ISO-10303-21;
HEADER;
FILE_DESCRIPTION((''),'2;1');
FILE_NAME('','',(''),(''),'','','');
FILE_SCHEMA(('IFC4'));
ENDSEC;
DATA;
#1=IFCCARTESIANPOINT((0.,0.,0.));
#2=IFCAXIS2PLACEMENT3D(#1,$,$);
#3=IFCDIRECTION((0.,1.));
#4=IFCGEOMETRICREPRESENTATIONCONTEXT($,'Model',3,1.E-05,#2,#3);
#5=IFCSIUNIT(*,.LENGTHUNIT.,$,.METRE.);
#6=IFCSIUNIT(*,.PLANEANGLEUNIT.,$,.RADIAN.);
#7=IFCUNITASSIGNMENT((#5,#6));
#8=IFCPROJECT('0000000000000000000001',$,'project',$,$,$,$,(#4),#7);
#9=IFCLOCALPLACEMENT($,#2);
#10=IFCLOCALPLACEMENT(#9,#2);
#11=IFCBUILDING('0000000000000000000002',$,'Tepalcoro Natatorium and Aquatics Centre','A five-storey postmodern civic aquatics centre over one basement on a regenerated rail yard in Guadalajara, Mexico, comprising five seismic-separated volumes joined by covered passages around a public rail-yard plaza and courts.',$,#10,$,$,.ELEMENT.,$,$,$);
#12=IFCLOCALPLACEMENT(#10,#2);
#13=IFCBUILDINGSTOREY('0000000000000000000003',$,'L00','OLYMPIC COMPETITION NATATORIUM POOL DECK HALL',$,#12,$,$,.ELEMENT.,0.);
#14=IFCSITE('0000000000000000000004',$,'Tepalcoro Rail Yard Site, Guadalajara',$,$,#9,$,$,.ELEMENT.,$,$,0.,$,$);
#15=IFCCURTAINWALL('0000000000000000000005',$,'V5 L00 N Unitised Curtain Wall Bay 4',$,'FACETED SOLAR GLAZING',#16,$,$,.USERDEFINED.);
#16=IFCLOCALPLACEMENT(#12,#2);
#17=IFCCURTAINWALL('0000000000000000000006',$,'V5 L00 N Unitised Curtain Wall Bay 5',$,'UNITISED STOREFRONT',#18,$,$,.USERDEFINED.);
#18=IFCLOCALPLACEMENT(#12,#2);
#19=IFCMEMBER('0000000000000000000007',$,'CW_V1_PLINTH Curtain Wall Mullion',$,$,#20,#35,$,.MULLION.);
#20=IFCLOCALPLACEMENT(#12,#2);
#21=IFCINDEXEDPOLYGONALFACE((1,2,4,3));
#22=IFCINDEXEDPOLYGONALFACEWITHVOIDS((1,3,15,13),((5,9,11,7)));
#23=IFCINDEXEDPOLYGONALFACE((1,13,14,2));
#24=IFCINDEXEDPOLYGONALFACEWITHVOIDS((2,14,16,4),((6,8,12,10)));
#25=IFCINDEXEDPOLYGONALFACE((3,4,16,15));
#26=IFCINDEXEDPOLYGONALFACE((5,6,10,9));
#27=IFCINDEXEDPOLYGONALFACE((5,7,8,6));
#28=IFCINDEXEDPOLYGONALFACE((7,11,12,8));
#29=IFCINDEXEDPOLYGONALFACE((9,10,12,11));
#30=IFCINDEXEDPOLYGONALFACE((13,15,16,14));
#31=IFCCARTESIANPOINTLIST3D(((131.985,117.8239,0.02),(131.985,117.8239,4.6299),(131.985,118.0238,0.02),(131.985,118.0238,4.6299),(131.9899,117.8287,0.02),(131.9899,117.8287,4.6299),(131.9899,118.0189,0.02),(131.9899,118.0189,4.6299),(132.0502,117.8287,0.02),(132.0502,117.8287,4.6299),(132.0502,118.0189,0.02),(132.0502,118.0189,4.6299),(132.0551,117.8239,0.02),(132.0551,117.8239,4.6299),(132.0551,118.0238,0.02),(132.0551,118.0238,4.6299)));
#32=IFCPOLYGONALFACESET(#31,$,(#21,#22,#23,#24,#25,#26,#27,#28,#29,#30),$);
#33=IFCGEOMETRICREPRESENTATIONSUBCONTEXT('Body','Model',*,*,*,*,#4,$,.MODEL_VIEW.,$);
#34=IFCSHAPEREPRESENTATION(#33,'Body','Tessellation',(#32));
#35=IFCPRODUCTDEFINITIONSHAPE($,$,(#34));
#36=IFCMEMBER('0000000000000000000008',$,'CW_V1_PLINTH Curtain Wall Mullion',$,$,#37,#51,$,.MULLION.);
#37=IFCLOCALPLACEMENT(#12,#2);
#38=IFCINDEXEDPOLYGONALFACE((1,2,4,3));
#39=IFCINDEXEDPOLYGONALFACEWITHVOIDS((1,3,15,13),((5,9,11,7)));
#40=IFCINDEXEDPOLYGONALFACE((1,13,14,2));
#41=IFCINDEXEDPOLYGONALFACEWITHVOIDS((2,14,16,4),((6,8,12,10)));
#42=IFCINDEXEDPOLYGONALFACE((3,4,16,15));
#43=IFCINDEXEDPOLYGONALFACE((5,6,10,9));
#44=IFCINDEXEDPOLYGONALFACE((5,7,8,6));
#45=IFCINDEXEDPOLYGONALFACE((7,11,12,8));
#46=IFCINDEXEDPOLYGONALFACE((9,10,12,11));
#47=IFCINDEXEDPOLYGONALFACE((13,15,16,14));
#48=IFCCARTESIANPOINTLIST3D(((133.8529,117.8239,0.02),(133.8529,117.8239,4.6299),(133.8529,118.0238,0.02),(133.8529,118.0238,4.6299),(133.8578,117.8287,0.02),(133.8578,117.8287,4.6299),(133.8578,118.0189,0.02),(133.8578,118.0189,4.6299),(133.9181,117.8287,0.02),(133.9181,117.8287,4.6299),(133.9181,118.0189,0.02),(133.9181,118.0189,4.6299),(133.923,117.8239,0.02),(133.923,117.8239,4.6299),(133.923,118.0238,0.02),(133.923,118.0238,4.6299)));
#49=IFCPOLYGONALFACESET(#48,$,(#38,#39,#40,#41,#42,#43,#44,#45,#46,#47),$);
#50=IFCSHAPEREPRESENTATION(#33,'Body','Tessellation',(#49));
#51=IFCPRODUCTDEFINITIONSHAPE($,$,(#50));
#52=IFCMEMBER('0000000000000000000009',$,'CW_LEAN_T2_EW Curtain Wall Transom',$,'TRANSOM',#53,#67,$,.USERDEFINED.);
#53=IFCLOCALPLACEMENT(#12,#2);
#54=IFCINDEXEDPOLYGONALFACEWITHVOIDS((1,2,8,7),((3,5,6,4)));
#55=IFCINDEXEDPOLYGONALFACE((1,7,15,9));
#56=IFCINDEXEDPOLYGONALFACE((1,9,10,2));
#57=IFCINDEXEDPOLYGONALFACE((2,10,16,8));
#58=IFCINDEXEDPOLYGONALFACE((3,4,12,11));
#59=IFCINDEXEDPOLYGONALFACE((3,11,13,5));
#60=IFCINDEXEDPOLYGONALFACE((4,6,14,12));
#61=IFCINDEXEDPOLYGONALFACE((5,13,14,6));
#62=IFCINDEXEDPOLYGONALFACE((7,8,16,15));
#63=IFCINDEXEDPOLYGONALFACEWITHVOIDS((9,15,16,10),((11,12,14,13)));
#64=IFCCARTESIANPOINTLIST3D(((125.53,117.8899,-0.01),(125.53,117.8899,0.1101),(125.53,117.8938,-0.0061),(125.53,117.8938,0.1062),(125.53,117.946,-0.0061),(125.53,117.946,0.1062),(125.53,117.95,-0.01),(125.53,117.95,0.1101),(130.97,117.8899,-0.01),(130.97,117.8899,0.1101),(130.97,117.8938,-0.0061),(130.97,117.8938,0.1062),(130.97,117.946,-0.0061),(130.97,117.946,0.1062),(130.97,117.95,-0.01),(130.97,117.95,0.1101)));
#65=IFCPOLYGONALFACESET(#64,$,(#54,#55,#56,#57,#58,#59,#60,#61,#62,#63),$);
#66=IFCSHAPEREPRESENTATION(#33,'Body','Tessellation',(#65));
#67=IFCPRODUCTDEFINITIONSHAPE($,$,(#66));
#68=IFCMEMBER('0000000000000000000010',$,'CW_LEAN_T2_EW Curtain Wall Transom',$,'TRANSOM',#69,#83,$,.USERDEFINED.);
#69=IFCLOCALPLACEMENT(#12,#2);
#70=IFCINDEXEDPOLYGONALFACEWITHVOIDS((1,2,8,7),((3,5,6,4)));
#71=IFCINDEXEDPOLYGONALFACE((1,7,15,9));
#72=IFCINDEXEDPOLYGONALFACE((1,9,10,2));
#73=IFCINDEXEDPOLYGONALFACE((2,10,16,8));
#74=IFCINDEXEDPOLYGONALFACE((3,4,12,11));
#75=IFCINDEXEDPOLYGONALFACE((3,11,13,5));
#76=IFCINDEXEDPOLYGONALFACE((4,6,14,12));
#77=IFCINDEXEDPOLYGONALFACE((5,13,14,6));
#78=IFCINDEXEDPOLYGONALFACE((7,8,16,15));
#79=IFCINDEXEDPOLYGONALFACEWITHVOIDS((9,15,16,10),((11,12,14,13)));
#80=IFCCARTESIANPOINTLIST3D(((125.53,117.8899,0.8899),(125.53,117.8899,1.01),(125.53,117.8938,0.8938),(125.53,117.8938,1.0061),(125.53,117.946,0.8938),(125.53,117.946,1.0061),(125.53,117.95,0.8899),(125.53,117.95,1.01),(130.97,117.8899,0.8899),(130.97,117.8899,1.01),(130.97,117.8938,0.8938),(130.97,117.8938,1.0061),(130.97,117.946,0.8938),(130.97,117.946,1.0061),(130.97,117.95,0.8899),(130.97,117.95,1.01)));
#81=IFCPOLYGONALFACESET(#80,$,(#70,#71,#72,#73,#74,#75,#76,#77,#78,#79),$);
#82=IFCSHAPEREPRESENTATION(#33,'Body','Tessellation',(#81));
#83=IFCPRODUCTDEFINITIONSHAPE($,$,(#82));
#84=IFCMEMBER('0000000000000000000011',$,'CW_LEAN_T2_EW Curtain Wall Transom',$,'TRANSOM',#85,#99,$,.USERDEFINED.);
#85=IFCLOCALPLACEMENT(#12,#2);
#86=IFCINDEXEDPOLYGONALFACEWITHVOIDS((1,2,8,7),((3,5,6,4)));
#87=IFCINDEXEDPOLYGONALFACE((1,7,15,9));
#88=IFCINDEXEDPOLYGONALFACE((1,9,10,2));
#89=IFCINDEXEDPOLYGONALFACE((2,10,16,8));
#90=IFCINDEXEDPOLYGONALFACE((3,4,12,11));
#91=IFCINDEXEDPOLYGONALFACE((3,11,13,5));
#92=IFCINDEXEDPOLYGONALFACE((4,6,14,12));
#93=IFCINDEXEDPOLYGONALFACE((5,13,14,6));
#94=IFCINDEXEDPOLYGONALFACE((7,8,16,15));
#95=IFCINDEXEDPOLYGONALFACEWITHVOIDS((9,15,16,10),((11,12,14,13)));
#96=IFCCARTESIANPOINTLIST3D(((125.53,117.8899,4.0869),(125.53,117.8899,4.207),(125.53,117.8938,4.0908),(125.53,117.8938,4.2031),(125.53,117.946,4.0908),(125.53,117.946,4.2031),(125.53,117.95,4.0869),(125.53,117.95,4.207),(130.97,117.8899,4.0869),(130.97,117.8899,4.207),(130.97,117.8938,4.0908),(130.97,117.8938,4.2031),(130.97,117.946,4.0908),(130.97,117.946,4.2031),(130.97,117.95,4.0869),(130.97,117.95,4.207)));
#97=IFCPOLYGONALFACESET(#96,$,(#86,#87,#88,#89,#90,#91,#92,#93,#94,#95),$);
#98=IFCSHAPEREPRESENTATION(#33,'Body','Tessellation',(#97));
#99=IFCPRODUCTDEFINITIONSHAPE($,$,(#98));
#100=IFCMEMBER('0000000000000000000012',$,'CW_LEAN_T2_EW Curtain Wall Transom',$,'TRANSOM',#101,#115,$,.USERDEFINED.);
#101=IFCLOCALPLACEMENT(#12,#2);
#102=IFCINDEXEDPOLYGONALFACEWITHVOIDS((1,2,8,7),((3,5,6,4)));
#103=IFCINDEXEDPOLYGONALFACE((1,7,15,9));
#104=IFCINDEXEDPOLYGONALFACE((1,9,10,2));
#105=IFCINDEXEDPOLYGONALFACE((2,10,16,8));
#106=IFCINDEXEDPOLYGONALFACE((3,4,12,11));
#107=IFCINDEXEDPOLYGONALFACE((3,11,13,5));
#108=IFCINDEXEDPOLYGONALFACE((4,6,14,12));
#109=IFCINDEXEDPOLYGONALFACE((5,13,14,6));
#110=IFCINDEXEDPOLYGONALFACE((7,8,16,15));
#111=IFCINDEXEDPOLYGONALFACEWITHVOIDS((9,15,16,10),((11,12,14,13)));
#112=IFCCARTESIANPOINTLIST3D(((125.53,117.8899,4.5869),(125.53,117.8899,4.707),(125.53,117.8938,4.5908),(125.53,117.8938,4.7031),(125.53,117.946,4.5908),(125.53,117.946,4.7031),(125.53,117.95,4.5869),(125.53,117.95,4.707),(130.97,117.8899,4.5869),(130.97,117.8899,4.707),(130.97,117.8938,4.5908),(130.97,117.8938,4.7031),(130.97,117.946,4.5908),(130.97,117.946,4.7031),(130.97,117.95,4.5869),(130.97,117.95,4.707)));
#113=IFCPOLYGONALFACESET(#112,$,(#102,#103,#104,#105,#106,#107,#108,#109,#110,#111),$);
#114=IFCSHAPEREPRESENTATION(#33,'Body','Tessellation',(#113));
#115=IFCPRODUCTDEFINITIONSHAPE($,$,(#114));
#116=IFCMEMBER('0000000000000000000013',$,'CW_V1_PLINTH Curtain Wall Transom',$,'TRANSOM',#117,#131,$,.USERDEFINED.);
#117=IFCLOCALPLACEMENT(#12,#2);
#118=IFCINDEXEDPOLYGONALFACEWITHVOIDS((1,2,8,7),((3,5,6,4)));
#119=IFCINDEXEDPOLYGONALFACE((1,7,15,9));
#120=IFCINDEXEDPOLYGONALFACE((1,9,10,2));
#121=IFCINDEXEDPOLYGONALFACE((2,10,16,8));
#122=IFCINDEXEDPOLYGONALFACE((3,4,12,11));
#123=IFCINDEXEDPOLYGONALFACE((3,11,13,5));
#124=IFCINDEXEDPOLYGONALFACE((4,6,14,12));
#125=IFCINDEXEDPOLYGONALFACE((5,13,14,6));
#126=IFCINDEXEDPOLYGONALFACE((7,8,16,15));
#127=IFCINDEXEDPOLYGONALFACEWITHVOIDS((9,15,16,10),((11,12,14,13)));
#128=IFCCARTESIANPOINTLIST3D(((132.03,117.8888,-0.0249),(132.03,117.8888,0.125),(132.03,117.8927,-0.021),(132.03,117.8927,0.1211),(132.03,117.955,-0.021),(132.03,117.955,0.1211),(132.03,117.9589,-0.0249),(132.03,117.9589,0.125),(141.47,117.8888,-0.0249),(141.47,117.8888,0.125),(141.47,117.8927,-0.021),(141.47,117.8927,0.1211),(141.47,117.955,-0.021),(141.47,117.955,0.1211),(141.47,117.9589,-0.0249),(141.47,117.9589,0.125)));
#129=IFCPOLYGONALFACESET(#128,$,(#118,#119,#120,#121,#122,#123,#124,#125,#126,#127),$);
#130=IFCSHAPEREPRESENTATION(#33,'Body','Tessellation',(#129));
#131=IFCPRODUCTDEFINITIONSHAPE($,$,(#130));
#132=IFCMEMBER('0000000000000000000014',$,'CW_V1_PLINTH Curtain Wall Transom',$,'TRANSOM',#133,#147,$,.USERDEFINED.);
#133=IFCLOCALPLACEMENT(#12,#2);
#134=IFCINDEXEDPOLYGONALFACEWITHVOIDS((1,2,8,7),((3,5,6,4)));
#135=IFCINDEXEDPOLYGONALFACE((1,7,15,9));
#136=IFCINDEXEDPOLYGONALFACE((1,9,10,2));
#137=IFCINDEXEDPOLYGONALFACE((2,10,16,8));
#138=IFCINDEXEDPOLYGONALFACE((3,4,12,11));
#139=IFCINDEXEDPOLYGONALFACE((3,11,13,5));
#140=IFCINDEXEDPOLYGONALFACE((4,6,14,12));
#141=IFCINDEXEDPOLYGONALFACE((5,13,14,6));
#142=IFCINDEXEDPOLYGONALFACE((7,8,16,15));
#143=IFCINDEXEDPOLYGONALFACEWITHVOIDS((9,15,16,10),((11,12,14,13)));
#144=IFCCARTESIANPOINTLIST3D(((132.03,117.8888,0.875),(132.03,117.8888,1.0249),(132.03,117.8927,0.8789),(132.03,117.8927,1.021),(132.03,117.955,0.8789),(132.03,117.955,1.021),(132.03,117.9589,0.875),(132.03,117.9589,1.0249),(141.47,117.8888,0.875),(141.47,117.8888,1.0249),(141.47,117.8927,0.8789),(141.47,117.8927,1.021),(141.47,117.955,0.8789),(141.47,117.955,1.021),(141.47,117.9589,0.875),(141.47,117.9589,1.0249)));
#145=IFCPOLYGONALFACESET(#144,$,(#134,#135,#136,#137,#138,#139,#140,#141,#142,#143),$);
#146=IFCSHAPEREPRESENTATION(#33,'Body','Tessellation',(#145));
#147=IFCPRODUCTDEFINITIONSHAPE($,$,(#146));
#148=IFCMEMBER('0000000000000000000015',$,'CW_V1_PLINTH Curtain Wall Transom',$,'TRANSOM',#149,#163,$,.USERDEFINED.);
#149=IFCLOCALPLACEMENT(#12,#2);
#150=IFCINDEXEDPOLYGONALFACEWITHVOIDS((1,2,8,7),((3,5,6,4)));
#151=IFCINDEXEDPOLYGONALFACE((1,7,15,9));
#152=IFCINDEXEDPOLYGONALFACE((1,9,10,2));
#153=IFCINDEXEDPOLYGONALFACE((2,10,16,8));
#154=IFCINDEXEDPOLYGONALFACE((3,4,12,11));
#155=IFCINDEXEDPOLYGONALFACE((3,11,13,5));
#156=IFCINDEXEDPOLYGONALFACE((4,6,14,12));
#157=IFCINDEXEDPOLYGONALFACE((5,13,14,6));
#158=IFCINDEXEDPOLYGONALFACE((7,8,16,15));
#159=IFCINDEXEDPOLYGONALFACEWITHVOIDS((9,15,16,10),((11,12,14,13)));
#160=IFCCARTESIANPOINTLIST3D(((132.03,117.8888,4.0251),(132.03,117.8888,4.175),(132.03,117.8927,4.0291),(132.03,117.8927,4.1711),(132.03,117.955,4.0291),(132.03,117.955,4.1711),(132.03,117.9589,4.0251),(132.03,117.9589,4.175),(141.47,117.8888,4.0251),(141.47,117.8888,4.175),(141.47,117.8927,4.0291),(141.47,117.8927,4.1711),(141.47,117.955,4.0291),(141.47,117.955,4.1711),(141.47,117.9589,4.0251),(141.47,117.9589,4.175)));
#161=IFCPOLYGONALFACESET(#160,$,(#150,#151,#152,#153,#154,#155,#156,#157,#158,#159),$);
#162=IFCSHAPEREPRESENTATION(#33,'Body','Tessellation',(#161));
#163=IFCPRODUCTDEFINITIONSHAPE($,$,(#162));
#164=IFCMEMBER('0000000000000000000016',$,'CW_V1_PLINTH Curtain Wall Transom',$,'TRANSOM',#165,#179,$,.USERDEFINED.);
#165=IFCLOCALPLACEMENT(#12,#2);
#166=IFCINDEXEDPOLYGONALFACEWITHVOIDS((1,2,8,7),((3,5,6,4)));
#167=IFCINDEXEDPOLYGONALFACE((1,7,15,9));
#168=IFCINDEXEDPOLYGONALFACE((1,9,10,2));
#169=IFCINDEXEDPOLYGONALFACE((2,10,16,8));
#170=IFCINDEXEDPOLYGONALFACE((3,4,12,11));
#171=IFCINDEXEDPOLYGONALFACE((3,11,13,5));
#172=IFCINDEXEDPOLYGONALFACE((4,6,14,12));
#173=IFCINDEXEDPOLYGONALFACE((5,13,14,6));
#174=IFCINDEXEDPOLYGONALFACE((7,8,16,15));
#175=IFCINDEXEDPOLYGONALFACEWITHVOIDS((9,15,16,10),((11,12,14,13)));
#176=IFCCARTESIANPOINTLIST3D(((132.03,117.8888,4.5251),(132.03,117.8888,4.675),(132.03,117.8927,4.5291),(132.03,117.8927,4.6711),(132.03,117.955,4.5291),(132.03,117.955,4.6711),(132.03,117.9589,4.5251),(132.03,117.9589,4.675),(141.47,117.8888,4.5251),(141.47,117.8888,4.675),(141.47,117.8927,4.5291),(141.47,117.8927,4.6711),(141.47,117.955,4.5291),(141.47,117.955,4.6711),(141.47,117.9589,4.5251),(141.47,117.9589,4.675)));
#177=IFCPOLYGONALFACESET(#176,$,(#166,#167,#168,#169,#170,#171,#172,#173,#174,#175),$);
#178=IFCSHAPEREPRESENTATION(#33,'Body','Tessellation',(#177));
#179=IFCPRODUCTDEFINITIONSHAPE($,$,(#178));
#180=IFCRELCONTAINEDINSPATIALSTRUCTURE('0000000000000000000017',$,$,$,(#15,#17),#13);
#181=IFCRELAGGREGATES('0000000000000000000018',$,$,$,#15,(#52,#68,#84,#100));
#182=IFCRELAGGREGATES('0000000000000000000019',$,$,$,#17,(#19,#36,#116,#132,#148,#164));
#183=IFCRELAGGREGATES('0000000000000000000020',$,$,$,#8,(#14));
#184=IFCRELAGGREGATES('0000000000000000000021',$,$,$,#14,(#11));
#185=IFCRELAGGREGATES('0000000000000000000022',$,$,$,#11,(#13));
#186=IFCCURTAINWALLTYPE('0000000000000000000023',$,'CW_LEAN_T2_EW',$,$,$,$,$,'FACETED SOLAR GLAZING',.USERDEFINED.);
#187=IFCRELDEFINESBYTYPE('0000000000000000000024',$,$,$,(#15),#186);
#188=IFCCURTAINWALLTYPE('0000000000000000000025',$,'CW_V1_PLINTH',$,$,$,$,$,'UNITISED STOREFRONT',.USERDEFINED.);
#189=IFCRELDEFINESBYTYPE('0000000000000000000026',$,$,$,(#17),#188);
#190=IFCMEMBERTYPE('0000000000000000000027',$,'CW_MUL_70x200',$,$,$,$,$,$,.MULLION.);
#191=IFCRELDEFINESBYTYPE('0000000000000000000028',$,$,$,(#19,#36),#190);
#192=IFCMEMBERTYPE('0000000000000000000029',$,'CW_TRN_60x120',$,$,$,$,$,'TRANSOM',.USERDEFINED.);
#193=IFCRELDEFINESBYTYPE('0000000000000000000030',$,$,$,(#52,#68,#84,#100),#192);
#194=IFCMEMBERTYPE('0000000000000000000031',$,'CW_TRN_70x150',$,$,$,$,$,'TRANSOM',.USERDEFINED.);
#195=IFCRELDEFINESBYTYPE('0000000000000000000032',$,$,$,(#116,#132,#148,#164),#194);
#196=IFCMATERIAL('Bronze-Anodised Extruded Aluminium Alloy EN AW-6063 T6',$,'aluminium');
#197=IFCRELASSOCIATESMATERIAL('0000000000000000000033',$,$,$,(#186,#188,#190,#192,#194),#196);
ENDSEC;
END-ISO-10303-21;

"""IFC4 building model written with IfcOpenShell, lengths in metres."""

from ifc_helpers import new_model, si_unit, direction, frame, origin, origin_2d, place, context, subcontext, project, spatial, hollow_rectangle, extrude, material, material_profile, profile_set, type_object, element, aggregate, save


model = new_model("IFC4")

# Units and contexts
model_context = context("Model", 3, precision=1e-05, world=origin(), true_north=direction((0.0, 1.0)))
body_context = subcontext(model_context, "Body", "Model", "MODEL_VIEW")
ifc_project = project(units=[si_unit("LENGTHUNIT", "METRE"), si_unit("PLANEANGLEUNIT", "RADIAN")], contexts=[model_context])

# Site, building, storey
site_placement = place(None, origin())
site = spatial("IfcSite", under=ifc_project, at=site_placement, Name="Tepalcoro Rail Yard Site, Guadalajara", CompositionType="ELEMENT", RefElevation=0.0)
building_placement = place(site_placement, origin())
building = spatial("IfcBuilding", under=site, at=building_placement, Name="Tepalcoro Natatorium and Aquatics Centre", Description="A five-storey postmodern civic aquatics centre over one basement on a regenerated rail yard in Guadalajara, Mexico, comprising five seismic-separated volumes joined by covered passages around a public rail-yard plaza and courts.", CompositionType="ELEMENT")
storey_placement = place(building_placement, origin())
storey = spatial("IfcBuildingStorey", under=building, at=storey_placement, Name="L00", Description="OLYMPIC COMPETITION NATATORIUM POOL DECK HALL", CompositionType="ELEMENT", Elevation=0.0)

# Curtain walls, members
ifc_material_1 = material(Name="Bronze-Anodised Extruded Aluminium Alloy EN AW-6063 T6", Category="aluminium")
curtain_wall_type_1 = type_object("IfcCurtainWallType", Name="CW_LEAN_T2_EW", ElementType="FACETED SOLAR GLAZING", PredefinedType="USERDEFINED", material=ifc_material_1)
curtain_wall_1_placement = place(storey_placement, origin())
curtain_wall_1 = element("IfcCurtainWall", 1, at=curtain_wall_1_placement, inside=storey, type_object=curtain_wall_type_1, Name="V5 L00 N Unitised Curtain Wall Bay 4", ObjectType="FACETED SOLAR GLAZING", PredefinedType="USERDEFINED")
curtain_wall_type_2 = type_object("IfcCurtainWallType", Name="CW_V1_PLINTH", ElementType="UNITISED STOREFRONT", PredefinedType="USERDEFINED", material=ifc_material_1)
curtain_wall_2_placement = place(storey_placement, origin())
curtain_wall_2 = element("IfcCurtainWall", 2, at=curtain_wall_2_placement, inside=storey, type_object=curtain_wall_type_2, Name="V5 L00 N Unitised Curtain Wall Bay 5", ObjectType="UNITISED STOREFRONT", PredefinedType="USERDEFINED")
ifc_material_profile_1 = material_profile(ifc_material_1, hollow_rectangle(XDim=0.0701, YDim=0.2, WallThickness=0.0049, at=origin_2d()), Name="AL70X200X5")
ifc_profile_set_1 = profile_set([ifc_material_profile_1], Name="Bronze-Anodised Extruded Aluminium Alloy EN AW-6063 T6")
member_type_1 = type_object("IfcMemberType", Name="CW_MUL_70x200", PredefinedType="MULLION", material=ifc_profile_set_1)
member_1_placement = place(storey_placement, frame((132.02, 117.9238, 0.02), z_axis=(0.0, 0.0, 1.0), x_axis=(1.0, 0.0, 0.0)))
member_1 = element("IfcMember", 3, at=member_1_placement, type_object=member_type_1, Name="CW_V1_PLINTH Curtain Wall Mullion", PredefinedType="MULLION", context=body_context, shape_type="SweptSolid", body=[
    extrude(hollow_rectangle(XDim=0.0701, YDim=0.2, WallThickness=0.0049, at=origin_2d()), origin(), (0.0, 0.0, 1.0), 4.6099),
])
member_2_placement = place(storey_placement, frame((133.8879, 117.9238, 0.02), z_axis=(0.0, 0.0, 1.0), x_axis=(1.0, 0.0, 0.0)))
member_2 = element("IfcMember", 4, at=member_2_placement, type_object=member_type_1, Name="CW_V1_PLINTH Curtain Wall Mullion", PredefinedType="MULLION", context=body_context, shape_type="SweptSolid", body=[
    extrude(hollow_rectangle(XDim=0.0701, YDim=0.2, WallThickness=0.0049, at=origin_2d()), origin(), (0.0, 0.0, 1.0), 4.6099),
])

# Members
ifc_material_profile_2 = material_profile(ifc_material_1, hollow_rectangle(XDim=0.0601, YDim=0.1201, WallThickness=0.0039, at=origin_2d()), Name="AL60X120X4")
ifc_profile_set_2 = profile_set([ifc_material_profile_2], Name="Bronze-Anodised Extruded Aluminium Alloy EN AW-6063 T6")
member_type_2 = type_object("IfcMemberType", Name="CW_TRN_60x120", ElementType="TRANSOM", PredefinedType="USERDEFINED", material=ifc_profile_set_2)
member_3_placement = place(storey_placement, frame((125.53, 117.9199, 0.05), z_axis=(1.0, 0.0, 0.0), x_axis=(0.0, 1.0, 0.0)))
member_3 = element("IfcMember", 5, at=member_3_placement, type_object=member_type_2, Name="CW_LEAN_T2_EW Curtain Wall Transom", ObjectType="TRANSOM", PredefinedType="USERDEFINED", context=body_context, shape_type="SweptSolid", body=[
    extrude(hollow_rectangle(XDim=0.0601, YDim=0.1201, WallThickness=0.0039, at=origin_2d()), origin(), (0.0, 0.0, 1.0), 5.4399),
])
member_4_placement = place(storey_placement, frame((125.53, 117.9199, 0.95), z_axis=(1.0, 0.0, 0.0), x_axis=(0.0, 1.0, 0.0)))
member_4 = element("IfcMember", 6, at=member_4_placement, type_object=member_type_2, Name="CW_LEAN_T2_EW Curtain Wall Transom", ObjectType="TRANSOM", PredefinedType="USERDEFINED", context=body_context, shape_type="SweptSolid", body=[
    extrude(hollow_rectangle(XDim=0.0601, YDim=0.1201, WallThickness=0.0039, at=origin_2d()), origin(), (0.0, 0.0, 1.0), 5.4399),
])
member_5_placement = place(storey_placement, frame((125.53, 117.9199, 4.147), z_axis=(1.0, 0.0, 0.0), x_axis=(0.0, 1.0, 0.0)))
member_5 = element("IfcMember", 7, at=member_5_placement, type_object=member_type_2, Name="CW_LEAN_T2_EW Curtain Wall Transom", ObjectType="TRANSOM", PredefinedType="USERDEFINED", context=body_context, shape_type="SweptSolid", body=[
    extrude(hollow_rectangle(XDim=0.0601, YDim=0.1201, WallThickness=0.0039, at=origin_2d()), origin(), (0.0, 0.0, 1.0), 5.4399),
])
member_6_placement = place(storey_placement, frame((125.53, 117.9199, 4.647), z_axis=(1.0, 0.0, 0.0), x_axis=(0.0, 1.0, 0.0)))
member_6 = element("IfcMember", 8, at=member_6_placement, type_object=member_type_2, Name="CW_LEAN_T2_EW Curtain Wall Transom", ObjectType="TRANSOM", PredefinedType="USERDEFINED", context=body_context, shape_type="SweptSolid", body=[
    extrude(hollow_rectangle(XDim=0.0601, YDim=0.1201, WallThickness=0.0039, at=origin_2d()), origin(), (0.0, 0.0, 1.0), 5.4399),
])
ifc_material_profile_3 = material_profile(ifc_material_1, hollow_rectangle(XDim=0.0701, YDim=0.1499, WallThickness=0.0039, at=origin_2d()), Name="AL70X150X4")
ifc_profile_set_3 = profile_set([ifc_material_profile_3], Name="Bronze-Anodised Extruded Aluminium Alloy EN AW-6063 T6")
member_type_3 = type_object("IfcMemberType", Name="CW_TRN_70x150", ElementType="TRANSOM", PredefinedType="USERDEFINED", material=ifc_profile_set_3)
member_7_placement = place(storey_placement, frame((132.03, 117.9238, 0.05), z_axis=(1.0, 0.0, 0.0), x_axis=(0.0, 1.0, 0.0)))
member_7 = element("IfcMember", 9, at=member_7_placement, type_object=member_type_3, Name="CW_V1_PLINTH Curtain Wall Transom", ObjectType="TRANSOM", PredefinedType="USERDEFINED", context=body_context, shape_type="SweptSolid", body=[
    extrude(hollow_rectangle(XDim=0.0701, YDim=0.1499, WallThickness=0.0039, at=origin_2d()), origin(), (0.0, 0.0, 1.0), 9.4399),
])
member_8_placement = place(storey_placement, frame((132.03, 117.9238, 0.95), z_axis=(1.0, 0.0, 0.0), x_axis=(0.0, 1.0, 0.0)))
member_8 = element("IfcMember", 10, at=member_8_placement, type_object=member_type_3, Name="CW_V1_PLINTH Curtain Wall Transom", ObjectType="TRANSOM", PredefinedType="USERDEFINED", context=body_context, shape_type="SweptSolid", body=[
    extrude(hollow_rectangle(XDim=0.0701, YDim=0.1499, WallThickness=0.0039, at=origin_2d()), origin(), (0.0, 0.0, 1.0), 9.4399),
])
member_9_placement = place(storey_placement, frame((132.03, 117.9238, 4.1001), z_axis=(1.0, 0.0, 0.0), x_axis=(0.0, 1.0, 0.0)))
member_9 = element("IfcMember", 11, at=member_9_placement, type_object=member_type_3, Name="CW_V1_PLINTH Curtain Wall Transom", ObjectType="TRANSOM", PredefinedType="USERDEFINED", context=body_context, shape_type="SweptSolid", body=[
    extrude(hollow_rectangle(XDim=0.0701, YDim=0.1499, WallThickness=0.0039, at=origin_2d()), origin(), (0.0, 0.0, 1.0), 9.4399),
])
member_10_placement = place(storey_placement, frame((132.03, 117.9238, 4.6001), z_axis=(1.0, 0.0, 0.0), x_axis=(0.0, 1.0, 0.0)))
member_10 = element("IfcMember", 12, at=member_10_placement, type_object=member_type_3, Name="CW_V1_PLINTH Curtain Wall Transom", ObjectType="TRANSOM", PredefinedType="USERDEFINED", context=body_context, shape_type="SweptSolid", body=[
    extrude(hollow_rectangle(XDim=0.0701, YDim=0.1499, WallThickness=0.0039, at=origin_2d()), origin(), (0.0, 0.0, 1.0), 9.4399),
])

aggregate(curtain_wall_1, [member_3, member_4, member_5, member_6])
aggregate(curtain_wall_2, [member_1, member_2, member_7, member_8, member_9, member_10])

save(model, "model.ifc")
